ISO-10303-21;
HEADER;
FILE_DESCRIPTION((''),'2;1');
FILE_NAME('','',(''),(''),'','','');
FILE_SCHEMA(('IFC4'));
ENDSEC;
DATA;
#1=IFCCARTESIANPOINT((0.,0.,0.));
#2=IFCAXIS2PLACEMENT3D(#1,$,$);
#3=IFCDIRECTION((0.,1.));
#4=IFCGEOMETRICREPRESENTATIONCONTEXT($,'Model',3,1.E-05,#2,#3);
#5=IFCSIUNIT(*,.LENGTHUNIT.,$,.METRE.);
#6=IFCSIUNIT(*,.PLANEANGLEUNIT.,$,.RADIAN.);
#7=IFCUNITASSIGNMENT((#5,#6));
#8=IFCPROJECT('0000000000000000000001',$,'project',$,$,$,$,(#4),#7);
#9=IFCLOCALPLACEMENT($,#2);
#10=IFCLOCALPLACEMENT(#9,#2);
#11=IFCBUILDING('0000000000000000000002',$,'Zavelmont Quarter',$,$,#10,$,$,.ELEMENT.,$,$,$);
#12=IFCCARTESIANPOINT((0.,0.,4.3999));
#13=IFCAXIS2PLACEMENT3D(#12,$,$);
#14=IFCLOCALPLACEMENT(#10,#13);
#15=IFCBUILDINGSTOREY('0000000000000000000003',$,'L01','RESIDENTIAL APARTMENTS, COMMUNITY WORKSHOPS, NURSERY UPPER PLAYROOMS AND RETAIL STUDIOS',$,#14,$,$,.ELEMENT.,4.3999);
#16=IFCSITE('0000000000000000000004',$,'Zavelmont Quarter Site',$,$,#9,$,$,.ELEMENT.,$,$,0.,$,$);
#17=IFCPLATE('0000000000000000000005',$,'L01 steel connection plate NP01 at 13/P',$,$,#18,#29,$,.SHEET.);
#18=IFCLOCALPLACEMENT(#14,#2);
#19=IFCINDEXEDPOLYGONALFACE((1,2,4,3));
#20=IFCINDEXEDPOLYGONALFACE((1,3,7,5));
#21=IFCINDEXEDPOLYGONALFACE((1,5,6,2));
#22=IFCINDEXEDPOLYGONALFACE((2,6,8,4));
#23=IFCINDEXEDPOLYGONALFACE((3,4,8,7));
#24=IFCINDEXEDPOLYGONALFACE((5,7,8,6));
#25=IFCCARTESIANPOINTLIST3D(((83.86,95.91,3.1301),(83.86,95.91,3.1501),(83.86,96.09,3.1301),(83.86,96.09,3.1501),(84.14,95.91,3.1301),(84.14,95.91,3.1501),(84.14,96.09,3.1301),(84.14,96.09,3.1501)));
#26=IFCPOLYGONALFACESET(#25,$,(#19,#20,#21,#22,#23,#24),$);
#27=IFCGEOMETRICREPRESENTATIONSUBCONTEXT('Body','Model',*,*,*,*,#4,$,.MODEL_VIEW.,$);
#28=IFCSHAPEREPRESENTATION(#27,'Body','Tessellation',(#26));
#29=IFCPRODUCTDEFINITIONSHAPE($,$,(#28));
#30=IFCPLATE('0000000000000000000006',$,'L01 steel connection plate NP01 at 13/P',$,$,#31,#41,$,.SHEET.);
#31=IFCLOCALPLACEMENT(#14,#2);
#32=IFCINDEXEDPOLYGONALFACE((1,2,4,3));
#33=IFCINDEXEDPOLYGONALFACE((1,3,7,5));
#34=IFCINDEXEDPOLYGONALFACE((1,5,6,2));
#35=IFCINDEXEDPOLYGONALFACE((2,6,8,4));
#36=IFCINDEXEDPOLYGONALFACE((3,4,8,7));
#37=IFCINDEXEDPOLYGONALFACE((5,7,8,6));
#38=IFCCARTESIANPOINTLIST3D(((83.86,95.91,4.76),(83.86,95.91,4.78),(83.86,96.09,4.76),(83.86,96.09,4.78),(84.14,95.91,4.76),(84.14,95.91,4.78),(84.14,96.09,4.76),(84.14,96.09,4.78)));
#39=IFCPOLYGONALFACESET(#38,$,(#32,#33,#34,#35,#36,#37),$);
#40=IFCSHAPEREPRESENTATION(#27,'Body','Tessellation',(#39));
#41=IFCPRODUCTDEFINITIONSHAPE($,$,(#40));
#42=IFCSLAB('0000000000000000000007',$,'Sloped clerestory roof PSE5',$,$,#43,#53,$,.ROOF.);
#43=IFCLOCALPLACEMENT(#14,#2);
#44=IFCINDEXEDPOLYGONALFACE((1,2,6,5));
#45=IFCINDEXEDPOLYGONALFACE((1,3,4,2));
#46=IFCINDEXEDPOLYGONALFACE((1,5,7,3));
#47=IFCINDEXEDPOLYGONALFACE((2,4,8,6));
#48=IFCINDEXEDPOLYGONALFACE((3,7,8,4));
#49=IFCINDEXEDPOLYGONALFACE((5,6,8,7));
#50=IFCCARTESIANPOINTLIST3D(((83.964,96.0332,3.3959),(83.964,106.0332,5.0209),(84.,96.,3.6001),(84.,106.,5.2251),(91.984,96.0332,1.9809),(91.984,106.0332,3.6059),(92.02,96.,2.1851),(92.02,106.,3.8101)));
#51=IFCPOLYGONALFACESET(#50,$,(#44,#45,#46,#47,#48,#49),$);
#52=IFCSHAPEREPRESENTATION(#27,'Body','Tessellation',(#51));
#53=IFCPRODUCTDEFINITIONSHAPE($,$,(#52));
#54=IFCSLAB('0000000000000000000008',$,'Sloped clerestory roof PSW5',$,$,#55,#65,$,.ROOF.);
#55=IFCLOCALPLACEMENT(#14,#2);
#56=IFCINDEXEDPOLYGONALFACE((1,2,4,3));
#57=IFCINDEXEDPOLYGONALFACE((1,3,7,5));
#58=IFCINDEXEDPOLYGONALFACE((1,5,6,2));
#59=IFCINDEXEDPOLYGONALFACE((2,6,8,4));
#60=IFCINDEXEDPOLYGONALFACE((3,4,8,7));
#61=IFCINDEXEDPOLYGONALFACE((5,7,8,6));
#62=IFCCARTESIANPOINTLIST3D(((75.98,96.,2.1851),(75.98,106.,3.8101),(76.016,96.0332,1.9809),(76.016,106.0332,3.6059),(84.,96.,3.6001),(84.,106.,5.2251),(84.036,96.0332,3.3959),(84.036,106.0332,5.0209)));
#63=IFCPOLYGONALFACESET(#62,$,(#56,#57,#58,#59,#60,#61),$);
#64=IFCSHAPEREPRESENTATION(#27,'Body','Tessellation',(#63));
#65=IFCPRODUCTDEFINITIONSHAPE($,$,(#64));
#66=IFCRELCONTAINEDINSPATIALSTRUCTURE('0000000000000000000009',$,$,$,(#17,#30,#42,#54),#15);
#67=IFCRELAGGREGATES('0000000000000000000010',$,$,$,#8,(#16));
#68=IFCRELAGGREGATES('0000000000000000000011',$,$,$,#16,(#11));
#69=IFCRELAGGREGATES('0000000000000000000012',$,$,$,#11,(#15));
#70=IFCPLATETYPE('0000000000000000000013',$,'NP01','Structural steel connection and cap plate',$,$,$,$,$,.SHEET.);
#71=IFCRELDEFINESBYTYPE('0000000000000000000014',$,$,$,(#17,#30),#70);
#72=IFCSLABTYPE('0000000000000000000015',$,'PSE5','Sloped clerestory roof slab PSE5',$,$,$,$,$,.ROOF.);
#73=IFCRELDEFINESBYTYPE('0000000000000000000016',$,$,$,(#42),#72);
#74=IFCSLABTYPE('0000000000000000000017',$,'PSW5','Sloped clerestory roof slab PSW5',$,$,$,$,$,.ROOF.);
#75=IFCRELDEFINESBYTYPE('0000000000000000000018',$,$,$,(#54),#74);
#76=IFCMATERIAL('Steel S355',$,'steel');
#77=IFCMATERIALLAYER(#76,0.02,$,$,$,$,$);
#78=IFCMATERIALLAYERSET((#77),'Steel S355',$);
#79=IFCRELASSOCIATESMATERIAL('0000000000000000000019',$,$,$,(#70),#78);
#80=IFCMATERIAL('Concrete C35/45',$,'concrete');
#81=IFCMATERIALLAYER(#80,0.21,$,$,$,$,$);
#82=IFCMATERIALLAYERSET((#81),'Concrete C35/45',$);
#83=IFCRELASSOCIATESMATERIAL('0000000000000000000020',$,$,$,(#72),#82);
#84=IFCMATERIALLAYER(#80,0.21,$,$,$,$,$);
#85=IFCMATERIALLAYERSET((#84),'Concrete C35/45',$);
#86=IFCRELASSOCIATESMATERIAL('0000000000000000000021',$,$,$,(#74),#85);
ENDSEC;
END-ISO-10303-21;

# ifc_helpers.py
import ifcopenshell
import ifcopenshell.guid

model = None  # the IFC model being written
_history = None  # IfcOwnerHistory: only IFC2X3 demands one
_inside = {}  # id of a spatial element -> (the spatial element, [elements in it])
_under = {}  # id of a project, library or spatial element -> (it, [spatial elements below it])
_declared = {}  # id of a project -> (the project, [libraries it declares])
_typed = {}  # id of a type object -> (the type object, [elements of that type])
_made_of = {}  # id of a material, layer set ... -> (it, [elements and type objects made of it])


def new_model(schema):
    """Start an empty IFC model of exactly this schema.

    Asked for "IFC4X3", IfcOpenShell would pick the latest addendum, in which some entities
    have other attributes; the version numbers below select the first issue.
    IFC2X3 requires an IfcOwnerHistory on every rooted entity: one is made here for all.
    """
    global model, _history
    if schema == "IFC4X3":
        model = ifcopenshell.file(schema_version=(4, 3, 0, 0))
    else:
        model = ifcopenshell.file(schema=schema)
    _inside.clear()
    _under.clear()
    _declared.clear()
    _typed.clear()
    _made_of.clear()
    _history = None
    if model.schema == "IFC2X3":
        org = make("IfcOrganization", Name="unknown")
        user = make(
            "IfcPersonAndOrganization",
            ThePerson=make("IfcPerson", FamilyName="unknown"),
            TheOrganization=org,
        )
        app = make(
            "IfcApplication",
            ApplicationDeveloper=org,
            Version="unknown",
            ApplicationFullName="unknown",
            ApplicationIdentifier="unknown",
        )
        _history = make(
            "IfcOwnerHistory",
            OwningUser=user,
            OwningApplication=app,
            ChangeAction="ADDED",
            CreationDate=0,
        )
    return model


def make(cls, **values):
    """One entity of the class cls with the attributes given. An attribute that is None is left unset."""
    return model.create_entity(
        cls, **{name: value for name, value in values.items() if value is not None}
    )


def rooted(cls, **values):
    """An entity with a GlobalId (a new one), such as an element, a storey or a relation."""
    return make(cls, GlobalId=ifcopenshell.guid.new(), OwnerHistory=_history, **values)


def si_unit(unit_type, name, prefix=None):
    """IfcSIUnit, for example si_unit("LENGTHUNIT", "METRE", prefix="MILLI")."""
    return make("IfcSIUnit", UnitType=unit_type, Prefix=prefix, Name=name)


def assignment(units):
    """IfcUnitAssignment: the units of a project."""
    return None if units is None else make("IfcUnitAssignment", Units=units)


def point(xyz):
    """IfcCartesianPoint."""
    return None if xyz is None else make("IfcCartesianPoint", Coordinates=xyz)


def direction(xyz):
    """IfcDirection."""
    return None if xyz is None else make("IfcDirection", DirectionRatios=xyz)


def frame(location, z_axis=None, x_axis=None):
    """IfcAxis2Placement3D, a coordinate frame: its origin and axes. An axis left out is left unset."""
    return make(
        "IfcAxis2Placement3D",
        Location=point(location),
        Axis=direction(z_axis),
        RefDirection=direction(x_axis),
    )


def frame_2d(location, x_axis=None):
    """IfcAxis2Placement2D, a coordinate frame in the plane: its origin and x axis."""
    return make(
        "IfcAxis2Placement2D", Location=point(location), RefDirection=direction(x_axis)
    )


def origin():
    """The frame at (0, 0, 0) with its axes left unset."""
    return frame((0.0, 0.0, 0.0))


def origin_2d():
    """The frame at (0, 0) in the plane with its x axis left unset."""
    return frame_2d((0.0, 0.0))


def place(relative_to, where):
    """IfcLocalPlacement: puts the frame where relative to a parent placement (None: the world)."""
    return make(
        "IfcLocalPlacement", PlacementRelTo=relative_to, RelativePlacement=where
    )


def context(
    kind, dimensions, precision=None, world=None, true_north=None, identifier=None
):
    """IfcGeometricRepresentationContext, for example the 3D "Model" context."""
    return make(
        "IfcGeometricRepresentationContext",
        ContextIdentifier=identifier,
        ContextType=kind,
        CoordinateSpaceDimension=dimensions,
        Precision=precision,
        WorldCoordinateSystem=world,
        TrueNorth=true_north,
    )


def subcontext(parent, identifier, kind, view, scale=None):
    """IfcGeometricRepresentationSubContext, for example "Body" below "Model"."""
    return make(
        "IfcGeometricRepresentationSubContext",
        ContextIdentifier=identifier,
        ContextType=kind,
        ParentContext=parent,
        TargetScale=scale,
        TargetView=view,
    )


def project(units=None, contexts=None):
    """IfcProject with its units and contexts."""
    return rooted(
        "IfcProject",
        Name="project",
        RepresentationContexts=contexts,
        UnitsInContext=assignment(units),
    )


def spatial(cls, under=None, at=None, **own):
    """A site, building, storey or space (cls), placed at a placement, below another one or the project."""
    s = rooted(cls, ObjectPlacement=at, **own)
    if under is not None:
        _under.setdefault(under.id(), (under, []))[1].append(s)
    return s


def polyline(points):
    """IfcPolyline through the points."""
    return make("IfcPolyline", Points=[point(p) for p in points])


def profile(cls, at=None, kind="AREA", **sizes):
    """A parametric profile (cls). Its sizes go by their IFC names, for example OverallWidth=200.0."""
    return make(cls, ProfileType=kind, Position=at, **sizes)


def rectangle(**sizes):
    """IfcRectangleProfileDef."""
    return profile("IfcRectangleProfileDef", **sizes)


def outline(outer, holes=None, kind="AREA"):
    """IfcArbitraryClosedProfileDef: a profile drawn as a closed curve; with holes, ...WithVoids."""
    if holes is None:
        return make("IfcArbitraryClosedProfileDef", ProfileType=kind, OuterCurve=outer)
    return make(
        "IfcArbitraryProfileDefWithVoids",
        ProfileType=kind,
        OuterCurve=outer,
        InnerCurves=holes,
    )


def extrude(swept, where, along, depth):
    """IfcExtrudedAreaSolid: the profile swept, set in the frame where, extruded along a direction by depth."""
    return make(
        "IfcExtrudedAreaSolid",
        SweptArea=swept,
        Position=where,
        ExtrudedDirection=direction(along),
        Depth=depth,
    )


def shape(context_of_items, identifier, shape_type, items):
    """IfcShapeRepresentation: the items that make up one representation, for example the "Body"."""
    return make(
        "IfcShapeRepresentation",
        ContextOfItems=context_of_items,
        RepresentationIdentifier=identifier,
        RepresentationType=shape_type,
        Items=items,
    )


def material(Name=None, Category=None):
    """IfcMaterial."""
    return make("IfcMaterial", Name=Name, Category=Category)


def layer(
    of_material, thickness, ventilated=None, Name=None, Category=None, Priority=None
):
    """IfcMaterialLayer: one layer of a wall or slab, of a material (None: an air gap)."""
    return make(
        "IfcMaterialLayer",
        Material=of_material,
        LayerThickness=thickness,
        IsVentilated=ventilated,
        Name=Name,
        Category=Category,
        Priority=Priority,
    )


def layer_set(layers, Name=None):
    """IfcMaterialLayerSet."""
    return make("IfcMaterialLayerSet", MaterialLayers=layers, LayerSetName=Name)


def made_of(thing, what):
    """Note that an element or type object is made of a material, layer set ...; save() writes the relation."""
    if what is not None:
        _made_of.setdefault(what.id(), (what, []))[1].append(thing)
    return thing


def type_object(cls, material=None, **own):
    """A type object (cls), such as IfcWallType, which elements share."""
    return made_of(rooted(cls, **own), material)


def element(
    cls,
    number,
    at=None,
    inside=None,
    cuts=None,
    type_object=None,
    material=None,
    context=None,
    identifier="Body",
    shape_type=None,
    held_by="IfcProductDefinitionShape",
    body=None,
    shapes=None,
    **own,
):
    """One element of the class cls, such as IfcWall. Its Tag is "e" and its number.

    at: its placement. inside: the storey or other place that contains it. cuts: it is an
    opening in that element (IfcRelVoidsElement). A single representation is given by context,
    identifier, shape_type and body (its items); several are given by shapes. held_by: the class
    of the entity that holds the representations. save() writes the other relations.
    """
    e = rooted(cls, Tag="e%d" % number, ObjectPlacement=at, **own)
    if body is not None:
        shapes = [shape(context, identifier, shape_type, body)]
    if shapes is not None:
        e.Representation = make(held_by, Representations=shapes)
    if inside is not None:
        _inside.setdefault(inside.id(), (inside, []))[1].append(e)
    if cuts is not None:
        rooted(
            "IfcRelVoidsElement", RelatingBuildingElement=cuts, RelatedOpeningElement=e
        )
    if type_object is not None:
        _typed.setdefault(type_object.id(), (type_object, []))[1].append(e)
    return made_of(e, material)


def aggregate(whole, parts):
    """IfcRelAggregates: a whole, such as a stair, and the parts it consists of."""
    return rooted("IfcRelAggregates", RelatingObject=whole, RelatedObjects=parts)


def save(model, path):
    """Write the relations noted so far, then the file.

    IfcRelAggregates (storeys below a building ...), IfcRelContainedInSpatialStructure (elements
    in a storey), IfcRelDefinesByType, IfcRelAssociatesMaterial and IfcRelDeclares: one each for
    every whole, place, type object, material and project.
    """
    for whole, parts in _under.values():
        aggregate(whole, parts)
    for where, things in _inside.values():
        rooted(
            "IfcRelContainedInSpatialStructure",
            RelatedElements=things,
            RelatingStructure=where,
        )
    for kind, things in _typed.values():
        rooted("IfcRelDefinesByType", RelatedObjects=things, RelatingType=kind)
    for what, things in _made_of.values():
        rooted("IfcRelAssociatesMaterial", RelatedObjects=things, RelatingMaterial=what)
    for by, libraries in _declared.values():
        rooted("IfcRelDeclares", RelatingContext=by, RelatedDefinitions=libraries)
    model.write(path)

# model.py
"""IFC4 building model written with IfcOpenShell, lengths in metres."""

from ifc_helpers import new_model, si_unit, direction, frame, origin, origin_2d, place, context, subcontext, project, spatial, polyline, rectangle, outline, extrude, material, layer, layer_set, type_object, element, save


model = new_model("IFC4")

# Units and contexts
model_context = context("Model", 3, precision=1e-05, world=origin(), true_north=direction((0.0, 1.0)))
body_context = subcontext(model_context, "Body", "Model", "MODEL_VIEW")
ifc_project = project(units=[si_unit("LENGTHUNIT", "METRE"), si_unit("PLANEANGLEUNIT", "RADIAN")], contexts=[model_context])

# Site, building, storey
site_placement = place(None, origin())
site = spatial("IfcSite", under=ifc_project, at=site_placement, Name="Zavelmont Quarter Site", CompositionType="ELEMENT", RefElevation=0.0)
building_placement = place(site_placement, origin())
building = spatial("IfcBuilding", under=site, at=building_placement, Name="Zavelmont Quarter", CompositionType="ELEMENT")
storey_placement = place(building_placement, frame((0.0, 0.0, 4.3999)))
storey = spatial("IfcBuildingStorey", under=building, at=storey_placement, Name="L01", Description="RESIDENTIAL APARTMENTS, COMMUNITY WORKSHOPS, NURSERY UPPER PLAYROOMS AND RETAIL STUDIOS", CompositionType="ELEMENT", Elevation=4.3999)

# Shared definitions
ifc_material_1 = material(Name="Steel S355", Category="steel")

# Plates
ifc_layer_1 = layer(ifc_material_1, 0.02)
ifc_layer_set_1 = layer_set([ifc_layer_1], Name="Steel S355")
plate_type_1 = type_object("IfcPlateType", Name="NP01", Description="Structural steel connection and cap plate", PredefinedType="SHEET", material=ifc_layer_set_1)
for number, where, z_axis, x_axis, name in (
    (1, (84.0, 96.0, 3.1301), (0.0, 0.0, 1.0), (1.0, 0.0, 0.0), "L01 steel connection plate NP01 at 13/P"),
    (2, (84.0, 96.0, 4.76), (0.0, 0.0, 1.0), (1.0, 0.0, 0.0), "L01 steel connection plate NP01 at 13/P"),
):
    element("IfcPlate", number, at=place(storey_placement, frame(where, z_axis=z_axis, x_axis=x_axis)), inside=storey, type_object=plate_type_1, Name=name, PredefinedType="SHEET", context=body_context, shape_type="SweptSolid", body=[
        extrude(rectangle(XDim=0.28, YDim=0.1799, at=origin_2d()), origin(), (0.0, 0.0, 1.0), 0.02),
    ])

# Slabs
ifc_material_2 = material(Name="Concrete C35/45", Category="concrete")
ifc_layer_2 = layer(ifc_material_2, 0.21)
ifc_layer_set_2 = layer_set([ifc_layer_2], Name="Concrete C35/45")
slab_type_1 = type_object("IfcSlabType", Name="PSE5", Description="Sloped clerestory roof slab PSE5", PredefinedType="ROOF", material=ifc_layer_set_2)
slab_1_placement = place(storey_placement, frame((84.0, 96.0, 3.6001), z_axis=(0.171572, -0.158018, 0.972416), x_axis=(0.984789, 0.0, -0.173755)))
element("IfcSlab", 3, at=slab_1_placement, inside=storey, type_object=slab_type_1, Name="Sloped clerestory roof PSE5", PredefinedType="ROOF", context=body_context, shape_type="SweptSolid", body=[
    extrude(outline(polyline([(0.0, 0.0), (8.1439, 0.0), (7.8615, 10.1272), (-0.2824, 10.1272), (0.0, 0.0)])), origin(), (0.0, 0.0, -1.0), 0.21),
])
ifc_layer_3 = layer(ifc_material_2, 0.21)
ifc_layer_set_3 = layer_set([ifc_layer_3], Name="Concrete C35/45")
slab_type_2 = type_object("IfcSlabType", Name="PSW5", Description="Sloped clerestory roof slab PSW5", PredefinedType="ROOF", material=ifc_layer_set_3)
slab_2_placement = place(storey_placement, frame((75.98, 96.0, 2.1851), z_axis=(-0.171572, -0.158018, 0.972416), x_axis=(0.984789, 0.0, 0.173755)))
element("IfcSlab", 4, at=slab_2_placement, inside=storey, type_object=slab_type_2, Name="Sloped clerestory roof PSW5", PredefinedType="ROOF", context=body_context, shape_type="SweptSolid", body=[
    extrude(outline(polyline([(0.0, 0.0), (8.1439, 0.0), (8.4262, 10.1272), (0.2824, 10.1272), (0.0, 0.0)])), origin(), (0.0, 0.0, -1.0), 0.21),
])

save(model, "model.ifc")
